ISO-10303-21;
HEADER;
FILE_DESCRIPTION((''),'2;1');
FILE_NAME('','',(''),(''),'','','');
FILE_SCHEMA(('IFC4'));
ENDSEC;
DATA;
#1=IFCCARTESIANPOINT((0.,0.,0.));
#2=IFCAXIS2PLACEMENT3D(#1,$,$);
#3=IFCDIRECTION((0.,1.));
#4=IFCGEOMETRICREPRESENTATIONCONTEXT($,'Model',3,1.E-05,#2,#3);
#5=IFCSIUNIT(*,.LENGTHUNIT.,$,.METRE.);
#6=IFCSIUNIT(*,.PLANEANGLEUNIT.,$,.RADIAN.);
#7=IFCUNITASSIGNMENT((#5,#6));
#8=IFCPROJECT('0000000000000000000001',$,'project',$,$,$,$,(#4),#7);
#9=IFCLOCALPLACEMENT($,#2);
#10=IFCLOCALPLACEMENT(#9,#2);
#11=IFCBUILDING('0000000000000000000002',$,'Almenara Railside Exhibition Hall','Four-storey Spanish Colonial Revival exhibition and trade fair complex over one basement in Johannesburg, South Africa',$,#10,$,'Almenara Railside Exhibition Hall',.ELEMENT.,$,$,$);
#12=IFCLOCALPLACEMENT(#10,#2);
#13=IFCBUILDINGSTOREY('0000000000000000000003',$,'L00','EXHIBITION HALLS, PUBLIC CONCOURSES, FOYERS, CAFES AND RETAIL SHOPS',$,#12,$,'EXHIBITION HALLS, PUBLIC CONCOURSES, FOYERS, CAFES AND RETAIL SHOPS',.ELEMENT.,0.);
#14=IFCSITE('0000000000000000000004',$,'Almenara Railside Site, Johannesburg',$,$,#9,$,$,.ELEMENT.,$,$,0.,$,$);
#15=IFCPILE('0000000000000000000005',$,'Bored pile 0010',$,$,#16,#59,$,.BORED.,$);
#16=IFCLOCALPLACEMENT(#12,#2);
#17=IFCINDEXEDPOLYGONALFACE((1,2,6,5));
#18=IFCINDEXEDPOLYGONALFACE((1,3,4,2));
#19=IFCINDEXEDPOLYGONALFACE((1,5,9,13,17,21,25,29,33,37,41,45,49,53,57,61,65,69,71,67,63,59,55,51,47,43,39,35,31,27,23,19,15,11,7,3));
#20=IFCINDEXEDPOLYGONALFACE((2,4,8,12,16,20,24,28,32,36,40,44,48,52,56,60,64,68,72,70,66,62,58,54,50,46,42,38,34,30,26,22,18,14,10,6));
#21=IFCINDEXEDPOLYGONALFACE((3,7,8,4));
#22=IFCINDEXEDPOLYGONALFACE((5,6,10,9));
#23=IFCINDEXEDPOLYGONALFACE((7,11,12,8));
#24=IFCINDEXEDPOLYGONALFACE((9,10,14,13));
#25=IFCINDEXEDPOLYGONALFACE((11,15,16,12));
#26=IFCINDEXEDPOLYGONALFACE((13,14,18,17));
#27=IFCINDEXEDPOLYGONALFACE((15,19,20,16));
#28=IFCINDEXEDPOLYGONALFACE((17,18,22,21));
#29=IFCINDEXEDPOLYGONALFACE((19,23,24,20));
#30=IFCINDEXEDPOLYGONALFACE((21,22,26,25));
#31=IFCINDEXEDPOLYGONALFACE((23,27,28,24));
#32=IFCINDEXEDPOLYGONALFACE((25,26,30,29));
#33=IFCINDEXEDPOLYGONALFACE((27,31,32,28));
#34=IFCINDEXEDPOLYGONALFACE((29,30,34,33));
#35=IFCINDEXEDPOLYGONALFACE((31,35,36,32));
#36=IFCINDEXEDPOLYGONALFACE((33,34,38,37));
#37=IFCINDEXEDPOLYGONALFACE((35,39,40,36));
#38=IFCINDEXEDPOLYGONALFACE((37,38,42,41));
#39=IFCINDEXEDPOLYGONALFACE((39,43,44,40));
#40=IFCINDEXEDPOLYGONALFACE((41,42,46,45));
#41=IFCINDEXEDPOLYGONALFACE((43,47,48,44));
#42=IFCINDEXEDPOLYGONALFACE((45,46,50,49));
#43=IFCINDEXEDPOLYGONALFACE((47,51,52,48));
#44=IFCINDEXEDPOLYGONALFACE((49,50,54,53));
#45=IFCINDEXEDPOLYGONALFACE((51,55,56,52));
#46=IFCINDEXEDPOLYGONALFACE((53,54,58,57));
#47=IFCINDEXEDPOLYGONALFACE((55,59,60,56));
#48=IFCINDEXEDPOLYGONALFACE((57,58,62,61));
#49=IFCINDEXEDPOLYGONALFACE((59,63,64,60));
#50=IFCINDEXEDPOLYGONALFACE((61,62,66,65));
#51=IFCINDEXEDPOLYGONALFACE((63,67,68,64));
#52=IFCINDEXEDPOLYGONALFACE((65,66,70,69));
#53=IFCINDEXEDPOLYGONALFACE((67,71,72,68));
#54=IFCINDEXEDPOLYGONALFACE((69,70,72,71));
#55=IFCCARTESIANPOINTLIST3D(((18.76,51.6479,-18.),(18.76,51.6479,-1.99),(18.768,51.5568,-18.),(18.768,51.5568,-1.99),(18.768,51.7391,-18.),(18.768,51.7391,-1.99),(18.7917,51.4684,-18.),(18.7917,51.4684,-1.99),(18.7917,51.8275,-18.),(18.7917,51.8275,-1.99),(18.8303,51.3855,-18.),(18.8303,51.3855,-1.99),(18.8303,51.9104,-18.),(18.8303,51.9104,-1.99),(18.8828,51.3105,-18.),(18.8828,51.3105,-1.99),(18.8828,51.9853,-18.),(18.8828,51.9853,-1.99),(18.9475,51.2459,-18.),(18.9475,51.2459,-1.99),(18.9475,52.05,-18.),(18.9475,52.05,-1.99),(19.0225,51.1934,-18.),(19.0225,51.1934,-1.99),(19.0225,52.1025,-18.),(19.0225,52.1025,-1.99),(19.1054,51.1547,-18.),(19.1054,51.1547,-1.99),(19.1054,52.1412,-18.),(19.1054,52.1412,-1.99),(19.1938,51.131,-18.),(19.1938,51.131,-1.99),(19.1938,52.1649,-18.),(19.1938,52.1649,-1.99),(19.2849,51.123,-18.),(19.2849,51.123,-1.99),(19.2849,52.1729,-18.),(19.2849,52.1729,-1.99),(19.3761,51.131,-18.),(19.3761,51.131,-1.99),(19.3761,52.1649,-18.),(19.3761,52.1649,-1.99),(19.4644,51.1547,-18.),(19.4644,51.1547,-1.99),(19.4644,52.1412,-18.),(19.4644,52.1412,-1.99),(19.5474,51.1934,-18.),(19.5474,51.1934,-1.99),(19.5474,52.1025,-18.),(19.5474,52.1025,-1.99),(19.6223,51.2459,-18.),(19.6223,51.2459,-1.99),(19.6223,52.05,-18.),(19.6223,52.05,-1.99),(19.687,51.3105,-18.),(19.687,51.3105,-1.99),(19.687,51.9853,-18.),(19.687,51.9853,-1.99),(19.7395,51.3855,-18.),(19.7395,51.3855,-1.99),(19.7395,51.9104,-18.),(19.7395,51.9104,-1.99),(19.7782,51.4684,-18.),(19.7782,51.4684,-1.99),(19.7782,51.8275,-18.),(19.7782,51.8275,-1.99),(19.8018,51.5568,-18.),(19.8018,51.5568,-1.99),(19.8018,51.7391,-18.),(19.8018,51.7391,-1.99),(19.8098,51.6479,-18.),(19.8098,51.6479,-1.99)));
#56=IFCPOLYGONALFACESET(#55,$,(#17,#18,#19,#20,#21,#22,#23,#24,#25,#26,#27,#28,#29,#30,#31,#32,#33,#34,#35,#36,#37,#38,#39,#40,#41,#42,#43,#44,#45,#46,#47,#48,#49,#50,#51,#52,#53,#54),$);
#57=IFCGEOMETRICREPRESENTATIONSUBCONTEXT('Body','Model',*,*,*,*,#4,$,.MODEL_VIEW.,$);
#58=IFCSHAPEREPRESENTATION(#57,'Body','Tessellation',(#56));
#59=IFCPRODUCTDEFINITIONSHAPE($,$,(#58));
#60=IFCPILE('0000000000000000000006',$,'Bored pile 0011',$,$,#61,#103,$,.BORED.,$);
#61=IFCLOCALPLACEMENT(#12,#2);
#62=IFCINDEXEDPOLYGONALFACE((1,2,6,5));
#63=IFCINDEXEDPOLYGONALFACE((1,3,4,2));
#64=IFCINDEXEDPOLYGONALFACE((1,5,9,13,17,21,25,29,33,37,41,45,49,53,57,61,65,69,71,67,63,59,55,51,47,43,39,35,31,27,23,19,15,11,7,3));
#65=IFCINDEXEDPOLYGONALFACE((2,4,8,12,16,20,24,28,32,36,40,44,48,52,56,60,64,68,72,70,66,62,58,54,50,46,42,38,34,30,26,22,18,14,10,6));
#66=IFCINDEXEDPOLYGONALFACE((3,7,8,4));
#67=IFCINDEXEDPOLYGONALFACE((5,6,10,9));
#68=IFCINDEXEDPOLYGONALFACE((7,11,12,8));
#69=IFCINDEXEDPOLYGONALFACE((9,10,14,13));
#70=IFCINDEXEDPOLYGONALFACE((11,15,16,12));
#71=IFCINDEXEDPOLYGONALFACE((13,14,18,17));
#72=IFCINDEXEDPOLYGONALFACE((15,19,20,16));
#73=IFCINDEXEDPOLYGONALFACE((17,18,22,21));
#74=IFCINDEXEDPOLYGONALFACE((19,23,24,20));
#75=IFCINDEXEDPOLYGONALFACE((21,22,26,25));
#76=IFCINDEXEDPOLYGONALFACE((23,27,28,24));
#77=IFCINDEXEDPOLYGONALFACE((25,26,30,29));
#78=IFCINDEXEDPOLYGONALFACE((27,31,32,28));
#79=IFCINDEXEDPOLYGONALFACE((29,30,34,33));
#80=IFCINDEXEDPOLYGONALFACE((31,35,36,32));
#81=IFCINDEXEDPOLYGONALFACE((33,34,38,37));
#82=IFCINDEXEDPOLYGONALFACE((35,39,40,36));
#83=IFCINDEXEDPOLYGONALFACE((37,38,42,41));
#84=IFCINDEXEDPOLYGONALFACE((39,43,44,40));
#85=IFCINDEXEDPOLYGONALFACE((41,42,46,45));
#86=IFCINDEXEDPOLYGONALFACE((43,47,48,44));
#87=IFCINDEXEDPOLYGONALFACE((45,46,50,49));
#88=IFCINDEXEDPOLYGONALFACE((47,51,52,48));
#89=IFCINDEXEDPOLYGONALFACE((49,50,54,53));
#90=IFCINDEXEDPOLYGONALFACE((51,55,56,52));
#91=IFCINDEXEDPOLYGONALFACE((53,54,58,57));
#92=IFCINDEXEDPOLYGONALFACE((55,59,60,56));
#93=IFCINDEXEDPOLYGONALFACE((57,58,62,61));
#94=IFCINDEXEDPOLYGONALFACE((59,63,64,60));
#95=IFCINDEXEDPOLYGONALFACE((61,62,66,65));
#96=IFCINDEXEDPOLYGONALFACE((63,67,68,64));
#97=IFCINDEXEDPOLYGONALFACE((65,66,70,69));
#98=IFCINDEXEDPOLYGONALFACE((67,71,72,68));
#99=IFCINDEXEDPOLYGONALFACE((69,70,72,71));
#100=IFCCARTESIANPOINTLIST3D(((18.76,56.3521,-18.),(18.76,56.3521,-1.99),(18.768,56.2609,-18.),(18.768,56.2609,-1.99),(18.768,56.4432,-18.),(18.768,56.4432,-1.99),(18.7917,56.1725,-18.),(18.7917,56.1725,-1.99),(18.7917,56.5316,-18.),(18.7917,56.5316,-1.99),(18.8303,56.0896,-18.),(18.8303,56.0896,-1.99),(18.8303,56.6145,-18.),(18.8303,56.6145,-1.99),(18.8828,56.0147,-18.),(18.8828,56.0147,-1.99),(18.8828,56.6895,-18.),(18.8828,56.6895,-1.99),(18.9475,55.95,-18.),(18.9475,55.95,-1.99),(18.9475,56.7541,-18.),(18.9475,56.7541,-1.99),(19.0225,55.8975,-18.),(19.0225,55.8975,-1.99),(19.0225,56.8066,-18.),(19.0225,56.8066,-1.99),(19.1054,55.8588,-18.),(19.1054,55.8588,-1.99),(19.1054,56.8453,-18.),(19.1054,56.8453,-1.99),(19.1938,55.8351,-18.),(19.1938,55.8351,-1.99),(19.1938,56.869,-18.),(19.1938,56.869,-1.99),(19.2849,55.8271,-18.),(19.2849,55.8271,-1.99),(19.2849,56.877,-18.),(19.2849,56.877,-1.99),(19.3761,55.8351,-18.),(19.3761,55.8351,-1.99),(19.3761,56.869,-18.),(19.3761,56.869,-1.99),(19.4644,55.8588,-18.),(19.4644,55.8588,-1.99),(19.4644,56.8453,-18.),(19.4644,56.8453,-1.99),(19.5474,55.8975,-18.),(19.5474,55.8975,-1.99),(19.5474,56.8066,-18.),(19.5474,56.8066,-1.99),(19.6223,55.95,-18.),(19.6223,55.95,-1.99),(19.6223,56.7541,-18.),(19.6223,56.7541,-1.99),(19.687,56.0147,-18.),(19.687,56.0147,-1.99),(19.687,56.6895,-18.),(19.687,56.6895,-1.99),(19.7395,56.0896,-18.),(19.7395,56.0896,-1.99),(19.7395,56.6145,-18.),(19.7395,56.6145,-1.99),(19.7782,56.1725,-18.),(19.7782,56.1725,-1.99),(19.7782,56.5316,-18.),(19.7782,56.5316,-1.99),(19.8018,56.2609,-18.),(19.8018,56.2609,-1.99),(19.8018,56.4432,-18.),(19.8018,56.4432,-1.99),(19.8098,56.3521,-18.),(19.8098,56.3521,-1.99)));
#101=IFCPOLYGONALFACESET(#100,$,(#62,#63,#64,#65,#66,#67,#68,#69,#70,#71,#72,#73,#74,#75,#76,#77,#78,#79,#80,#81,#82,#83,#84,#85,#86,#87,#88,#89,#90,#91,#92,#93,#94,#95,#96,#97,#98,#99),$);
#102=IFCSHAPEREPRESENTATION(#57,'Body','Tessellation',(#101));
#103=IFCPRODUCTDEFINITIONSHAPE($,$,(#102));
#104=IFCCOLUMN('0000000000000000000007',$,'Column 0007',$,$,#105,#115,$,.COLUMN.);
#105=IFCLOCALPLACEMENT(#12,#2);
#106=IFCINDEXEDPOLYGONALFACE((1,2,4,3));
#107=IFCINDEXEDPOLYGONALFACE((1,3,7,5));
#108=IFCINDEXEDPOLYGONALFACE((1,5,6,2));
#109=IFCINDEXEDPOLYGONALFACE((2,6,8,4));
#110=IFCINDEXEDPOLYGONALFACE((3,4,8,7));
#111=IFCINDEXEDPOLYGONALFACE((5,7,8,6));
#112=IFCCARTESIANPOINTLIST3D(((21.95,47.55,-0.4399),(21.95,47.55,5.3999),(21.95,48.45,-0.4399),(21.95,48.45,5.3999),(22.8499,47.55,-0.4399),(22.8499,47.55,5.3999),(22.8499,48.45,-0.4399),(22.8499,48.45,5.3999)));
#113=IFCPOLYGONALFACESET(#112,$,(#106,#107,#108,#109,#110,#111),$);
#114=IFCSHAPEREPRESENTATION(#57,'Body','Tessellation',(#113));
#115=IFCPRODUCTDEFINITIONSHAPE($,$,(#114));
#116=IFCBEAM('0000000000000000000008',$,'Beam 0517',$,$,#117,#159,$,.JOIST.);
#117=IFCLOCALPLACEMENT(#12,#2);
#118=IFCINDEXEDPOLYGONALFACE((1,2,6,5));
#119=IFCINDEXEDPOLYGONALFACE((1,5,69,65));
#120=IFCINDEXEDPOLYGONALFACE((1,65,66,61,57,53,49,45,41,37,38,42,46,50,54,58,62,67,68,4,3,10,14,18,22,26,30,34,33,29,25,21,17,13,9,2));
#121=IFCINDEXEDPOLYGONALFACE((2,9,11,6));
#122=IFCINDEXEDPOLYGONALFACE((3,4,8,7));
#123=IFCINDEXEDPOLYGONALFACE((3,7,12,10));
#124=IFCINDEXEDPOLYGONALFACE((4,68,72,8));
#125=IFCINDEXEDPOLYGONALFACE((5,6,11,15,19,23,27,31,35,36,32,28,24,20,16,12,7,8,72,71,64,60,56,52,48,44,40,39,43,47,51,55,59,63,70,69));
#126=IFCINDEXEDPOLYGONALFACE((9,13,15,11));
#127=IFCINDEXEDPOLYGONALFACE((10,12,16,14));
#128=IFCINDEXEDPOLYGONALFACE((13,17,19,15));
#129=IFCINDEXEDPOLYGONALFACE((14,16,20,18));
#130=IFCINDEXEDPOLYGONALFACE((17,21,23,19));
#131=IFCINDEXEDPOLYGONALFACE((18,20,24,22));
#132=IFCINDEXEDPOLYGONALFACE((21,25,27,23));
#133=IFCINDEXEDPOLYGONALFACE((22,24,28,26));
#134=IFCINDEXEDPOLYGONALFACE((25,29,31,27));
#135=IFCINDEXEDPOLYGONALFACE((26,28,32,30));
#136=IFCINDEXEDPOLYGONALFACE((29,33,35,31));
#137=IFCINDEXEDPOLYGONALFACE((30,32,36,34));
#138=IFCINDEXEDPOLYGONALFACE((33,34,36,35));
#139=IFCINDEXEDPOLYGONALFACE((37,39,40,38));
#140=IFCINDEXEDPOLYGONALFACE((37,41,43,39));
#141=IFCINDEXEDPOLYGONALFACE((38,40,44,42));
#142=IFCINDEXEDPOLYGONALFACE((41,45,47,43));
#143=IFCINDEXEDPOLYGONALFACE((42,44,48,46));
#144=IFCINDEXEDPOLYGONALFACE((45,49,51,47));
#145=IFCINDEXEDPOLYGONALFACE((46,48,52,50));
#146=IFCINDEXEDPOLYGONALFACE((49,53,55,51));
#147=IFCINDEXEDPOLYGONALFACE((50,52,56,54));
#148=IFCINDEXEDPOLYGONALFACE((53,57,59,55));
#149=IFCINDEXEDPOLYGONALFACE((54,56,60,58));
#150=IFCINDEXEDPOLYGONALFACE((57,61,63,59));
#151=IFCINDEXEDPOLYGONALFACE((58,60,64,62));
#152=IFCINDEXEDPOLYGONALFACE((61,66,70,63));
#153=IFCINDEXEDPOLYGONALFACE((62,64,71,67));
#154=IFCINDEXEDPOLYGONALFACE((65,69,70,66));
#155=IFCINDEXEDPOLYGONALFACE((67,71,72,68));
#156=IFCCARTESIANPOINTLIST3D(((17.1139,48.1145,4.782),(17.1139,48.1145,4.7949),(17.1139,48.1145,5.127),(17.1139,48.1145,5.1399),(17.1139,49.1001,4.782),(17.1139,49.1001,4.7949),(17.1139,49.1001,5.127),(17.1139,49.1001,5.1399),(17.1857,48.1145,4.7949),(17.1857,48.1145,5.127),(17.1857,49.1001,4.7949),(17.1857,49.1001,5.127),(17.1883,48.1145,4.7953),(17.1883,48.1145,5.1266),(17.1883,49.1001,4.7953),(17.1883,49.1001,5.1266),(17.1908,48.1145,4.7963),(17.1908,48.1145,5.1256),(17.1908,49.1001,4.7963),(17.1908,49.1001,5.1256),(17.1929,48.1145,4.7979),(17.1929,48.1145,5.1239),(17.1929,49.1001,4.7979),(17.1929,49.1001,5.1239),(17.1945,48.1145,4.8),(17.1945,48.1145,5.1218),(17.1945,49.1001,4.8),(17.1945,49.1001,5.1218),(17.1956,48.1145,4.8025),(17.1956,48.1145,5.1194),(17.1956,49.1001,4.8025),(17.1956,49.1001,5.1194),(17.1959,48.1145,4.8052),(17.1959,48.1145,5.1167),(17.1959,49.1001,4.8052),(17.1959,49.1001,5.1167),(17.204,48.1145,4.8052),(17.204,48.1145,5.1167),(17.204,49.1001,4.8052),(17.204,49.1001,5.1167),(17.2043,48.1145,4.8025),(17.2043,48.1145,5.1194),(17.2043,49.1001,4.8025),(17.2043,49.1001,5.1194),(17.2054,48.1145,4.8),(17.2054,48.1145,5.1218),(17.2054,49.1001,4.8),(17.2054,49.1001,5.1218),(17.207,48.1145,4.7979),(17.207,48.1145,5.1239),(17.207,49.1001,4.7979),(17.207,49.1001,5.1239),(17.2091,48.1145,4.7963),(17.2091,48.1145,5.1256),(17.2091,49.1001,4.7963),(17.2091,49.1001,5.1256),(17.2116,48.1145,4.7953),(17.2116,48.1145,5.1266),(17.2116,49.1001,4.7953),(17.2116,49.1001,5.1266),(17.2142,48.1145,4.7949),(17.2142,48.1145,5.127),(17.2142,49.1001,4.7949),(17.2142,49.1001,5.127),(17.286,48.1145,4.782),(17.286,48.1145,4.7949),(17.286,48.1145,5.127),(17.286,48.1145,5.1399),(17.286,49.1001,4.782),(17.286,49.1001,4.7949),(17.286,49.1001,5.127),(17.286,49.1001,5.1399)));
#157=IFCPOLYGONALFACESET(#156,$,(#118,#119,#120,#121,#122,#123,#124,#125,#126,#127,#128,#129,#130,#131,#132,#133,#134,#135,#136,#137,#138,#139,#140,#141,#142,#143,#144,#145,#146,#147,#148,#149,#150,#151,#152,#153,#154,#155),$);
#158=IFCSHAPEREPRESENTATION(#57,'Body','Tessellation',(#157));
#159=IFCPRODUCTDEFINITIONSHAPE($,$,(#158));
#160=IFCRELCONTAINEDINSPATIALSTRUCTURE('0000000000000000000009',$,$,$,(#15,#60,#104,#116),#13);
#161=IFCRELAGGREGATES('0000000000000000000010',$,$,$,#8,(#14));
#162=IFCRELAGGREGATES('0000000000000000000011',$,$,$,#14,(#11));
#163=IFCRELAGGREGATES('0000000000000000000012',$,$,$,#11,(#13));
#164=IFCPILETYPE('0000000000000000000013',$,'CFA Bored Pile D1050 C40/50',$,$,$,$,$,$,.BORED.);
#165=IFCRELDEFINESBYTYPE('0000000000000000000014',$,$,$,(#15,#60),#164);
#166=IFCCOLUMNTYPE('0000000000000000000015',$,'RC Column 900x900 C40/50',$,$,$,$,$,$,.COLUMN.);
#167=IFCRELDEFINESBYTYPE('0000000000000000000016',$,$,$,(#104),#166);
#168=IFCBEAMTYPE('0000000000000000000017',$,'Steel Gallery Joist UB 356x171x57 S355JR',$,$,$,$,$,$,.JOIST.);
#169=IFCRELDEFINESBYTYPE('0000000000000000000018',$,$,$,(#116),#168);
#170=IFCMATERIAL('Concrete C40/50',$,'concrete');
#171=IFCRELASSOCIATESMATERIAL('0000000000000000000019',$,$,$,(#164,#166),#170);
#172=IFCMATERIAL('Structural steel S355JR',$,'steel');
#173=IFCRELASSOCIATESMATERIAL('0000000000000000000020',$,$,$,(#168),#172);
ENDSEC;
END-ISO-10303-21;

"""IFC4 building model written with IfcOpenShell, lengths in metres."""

from ifc_helpers import new_model, si_unit, direction, frame, origin, origin_2d, place, context, subcontext, project, spatial, rectangle, circle, i_section, extrude, material, material_profile, profile_set, type_object, element, save


model = new_model("IFC4")

# Units and contexts
model_context = context("Model", 3, precision=1e-05, world=origin(), true_north=direction((0.0, 1.0)))
body_context = subcontext(model_context, "Body", "Model", "MODEL_VIEW")
ifc_project = project(units=[si_unit("LENGTHUNIT", "METRE"), si_unit("PLANEANGLEUNIT", "RADIAN")], contexts=[model_context])

# Site, building, storey
site_placement = place(None, origin())
site = spatial("IfcSite", under=ifc_project, at=site_placement, Name="Almenara Railside Site, Johannesburg", CompositionType="ELEMENT", RefElevation=0.0)
building_placement = place(site_placement, origin())
building = spatial("IfcBuilding", under=site, at=building_placement, Name="Almenara Railside Exhibition Hall", Description="Four-storey Spanish Colonial Revival exhibition and trade fair complex over one basement in Johannesburg, South Africa", LongName="Almenara Railside Exhibition Hall", CompositionType="ELEMENT")
storey_placement = place(building_placement, origin())
storey = spatial("IfcBuildingStorey", under=building, at=storey_placement, Name="L00", Description="EXHIBITION HALLS, PUBLIC CONCOURSES, FOYERS, CAFES AND RETAIL SHOPS", LongName="EXHIBITION HALLS, PUBLIC CONCOURSES, FOYERS, CAFES AND RETAIL SHOPS", CompositionType="ELEMENT", Elevation=0.0)

# Piles
ifc_material_1 = material(Name="Concrete C40/50", Category="concrete")
ifc_material_profile_1 = material_profile(ifc_material_1, circle(Radius=0.5249, at=origin_2d()), Name="CFA-PILE D1050")
ifc_profile_set_1 = profile_set([ifc_material_profile_1], Name="Concrete C40/50")
pile_type = type_object("IfcPileType", Name="CFA Bored Pile D1050 C40/50", PredefinedType="BORED", material=ifc_profile_set_1)
for number, where, z_axis, x_axis, name in (
    (1, (19.2849, 51.6479, -1.99), (0.0, 0.0, -1.0), (1.0, 0.0, 0.0), "Bored pile 0010"),
    (2, (19.2849, 56.3521, -1.99), (0.0, 0.0, -1.0), (1.0, 0.0, 0.0), "Bored pile 0011"),
):
    element("IfcPile", number, at=place(storey_placement, frame(where, z_axis=z_axis, x_axis=x_axis)), inside=storey, type_object=pile_type, Name=name, PredefinedType="BORED", context=body_context, shape_type="SweptSolid", body=[
        extrude(circle(Radius=0.5249, at=origin_2d()), origin(), (0.0, 0.0, 1.0), 16.01),
    ])

# Column
ifc_material_profile_2 = material_profile(ifc_material_1, rectangle(XDim=0.8999, YDim=0.8999, at=origin_2d()), Name="RC 900x900")
ifc_profile_set_2 = profile_set([ifc_material_profile_2], Name="Concrete C40/50")
column_type = type_object("IfcColumnType", Name="RC Column 900x900 C40/50", PredefinedType="COLUMN", material=ifc_profile_set_2)
column_placement = place(storey_placement, frame((22.3999, 48.0, -0.4399), z_axis=(0.0, 0.0, 1.0), x_axis=(1.0, 0.0, 0.0)))
element("IfcColumn", 3, at=column_placement, inside=storey, type_object=column_type, Name="Column 0007", PredefinedType="COLUMN", context=body_context, shape_type="SweptSolid", body=[
    extrude(rectangle(XDim=0.8999, YDim=0.8999, at=origin_2d()), origin(), (0.0, 0.0, 1.0), 5.8398),
])

# Beam
ifc_material_2 = material(Name="Structural steel S355JR", Category="steel")
ifc_material_profile_3 = material_profile(ifc_material_2, i_section(OverallWidth=0.1721, OverallDepth=0.3579, WebThickness=0.0081, FlangeThickness=0.0129, FilletRadius=0.0103, at=origin_2d()), Name="UB 356x171x57")
ifc_profile_set_3 = profile_set([ifc_material_profile_3], Name="Structural steel S355JR")
beam_type_1 = type_object("IfcBeamType", Name="Steel Gallery Joist UB 356x171x57 S355JR", PredefinedType="JOIST", material=ifc_profile_set_3)
beam_1_placement = place(storey_placement, frame((17.2, 48.1145, 4.9609), z_axis=(0.0, 1.0, 0.0), x_axis=(-1.0, 0.0, 0.0)))
element("IfcBeam", 4, at=beam_1_placement, inside=storey, type_object=beam_type_1, Name="Beam 0517", PredefinedType="JOIST", context=body_context, shape_type="SweptSolid", body=[
    extrude(i_section(OverallWidth=0.1721, OverallDepth=0.3579, WebThickness=0.0081, FlangeThickness=0.0129, FilletRadius=0.0103, at=origin_2d()), origin(), (0.0, 0.0, 1.0), 0.9856),
])

save(model, "model.ifc")
